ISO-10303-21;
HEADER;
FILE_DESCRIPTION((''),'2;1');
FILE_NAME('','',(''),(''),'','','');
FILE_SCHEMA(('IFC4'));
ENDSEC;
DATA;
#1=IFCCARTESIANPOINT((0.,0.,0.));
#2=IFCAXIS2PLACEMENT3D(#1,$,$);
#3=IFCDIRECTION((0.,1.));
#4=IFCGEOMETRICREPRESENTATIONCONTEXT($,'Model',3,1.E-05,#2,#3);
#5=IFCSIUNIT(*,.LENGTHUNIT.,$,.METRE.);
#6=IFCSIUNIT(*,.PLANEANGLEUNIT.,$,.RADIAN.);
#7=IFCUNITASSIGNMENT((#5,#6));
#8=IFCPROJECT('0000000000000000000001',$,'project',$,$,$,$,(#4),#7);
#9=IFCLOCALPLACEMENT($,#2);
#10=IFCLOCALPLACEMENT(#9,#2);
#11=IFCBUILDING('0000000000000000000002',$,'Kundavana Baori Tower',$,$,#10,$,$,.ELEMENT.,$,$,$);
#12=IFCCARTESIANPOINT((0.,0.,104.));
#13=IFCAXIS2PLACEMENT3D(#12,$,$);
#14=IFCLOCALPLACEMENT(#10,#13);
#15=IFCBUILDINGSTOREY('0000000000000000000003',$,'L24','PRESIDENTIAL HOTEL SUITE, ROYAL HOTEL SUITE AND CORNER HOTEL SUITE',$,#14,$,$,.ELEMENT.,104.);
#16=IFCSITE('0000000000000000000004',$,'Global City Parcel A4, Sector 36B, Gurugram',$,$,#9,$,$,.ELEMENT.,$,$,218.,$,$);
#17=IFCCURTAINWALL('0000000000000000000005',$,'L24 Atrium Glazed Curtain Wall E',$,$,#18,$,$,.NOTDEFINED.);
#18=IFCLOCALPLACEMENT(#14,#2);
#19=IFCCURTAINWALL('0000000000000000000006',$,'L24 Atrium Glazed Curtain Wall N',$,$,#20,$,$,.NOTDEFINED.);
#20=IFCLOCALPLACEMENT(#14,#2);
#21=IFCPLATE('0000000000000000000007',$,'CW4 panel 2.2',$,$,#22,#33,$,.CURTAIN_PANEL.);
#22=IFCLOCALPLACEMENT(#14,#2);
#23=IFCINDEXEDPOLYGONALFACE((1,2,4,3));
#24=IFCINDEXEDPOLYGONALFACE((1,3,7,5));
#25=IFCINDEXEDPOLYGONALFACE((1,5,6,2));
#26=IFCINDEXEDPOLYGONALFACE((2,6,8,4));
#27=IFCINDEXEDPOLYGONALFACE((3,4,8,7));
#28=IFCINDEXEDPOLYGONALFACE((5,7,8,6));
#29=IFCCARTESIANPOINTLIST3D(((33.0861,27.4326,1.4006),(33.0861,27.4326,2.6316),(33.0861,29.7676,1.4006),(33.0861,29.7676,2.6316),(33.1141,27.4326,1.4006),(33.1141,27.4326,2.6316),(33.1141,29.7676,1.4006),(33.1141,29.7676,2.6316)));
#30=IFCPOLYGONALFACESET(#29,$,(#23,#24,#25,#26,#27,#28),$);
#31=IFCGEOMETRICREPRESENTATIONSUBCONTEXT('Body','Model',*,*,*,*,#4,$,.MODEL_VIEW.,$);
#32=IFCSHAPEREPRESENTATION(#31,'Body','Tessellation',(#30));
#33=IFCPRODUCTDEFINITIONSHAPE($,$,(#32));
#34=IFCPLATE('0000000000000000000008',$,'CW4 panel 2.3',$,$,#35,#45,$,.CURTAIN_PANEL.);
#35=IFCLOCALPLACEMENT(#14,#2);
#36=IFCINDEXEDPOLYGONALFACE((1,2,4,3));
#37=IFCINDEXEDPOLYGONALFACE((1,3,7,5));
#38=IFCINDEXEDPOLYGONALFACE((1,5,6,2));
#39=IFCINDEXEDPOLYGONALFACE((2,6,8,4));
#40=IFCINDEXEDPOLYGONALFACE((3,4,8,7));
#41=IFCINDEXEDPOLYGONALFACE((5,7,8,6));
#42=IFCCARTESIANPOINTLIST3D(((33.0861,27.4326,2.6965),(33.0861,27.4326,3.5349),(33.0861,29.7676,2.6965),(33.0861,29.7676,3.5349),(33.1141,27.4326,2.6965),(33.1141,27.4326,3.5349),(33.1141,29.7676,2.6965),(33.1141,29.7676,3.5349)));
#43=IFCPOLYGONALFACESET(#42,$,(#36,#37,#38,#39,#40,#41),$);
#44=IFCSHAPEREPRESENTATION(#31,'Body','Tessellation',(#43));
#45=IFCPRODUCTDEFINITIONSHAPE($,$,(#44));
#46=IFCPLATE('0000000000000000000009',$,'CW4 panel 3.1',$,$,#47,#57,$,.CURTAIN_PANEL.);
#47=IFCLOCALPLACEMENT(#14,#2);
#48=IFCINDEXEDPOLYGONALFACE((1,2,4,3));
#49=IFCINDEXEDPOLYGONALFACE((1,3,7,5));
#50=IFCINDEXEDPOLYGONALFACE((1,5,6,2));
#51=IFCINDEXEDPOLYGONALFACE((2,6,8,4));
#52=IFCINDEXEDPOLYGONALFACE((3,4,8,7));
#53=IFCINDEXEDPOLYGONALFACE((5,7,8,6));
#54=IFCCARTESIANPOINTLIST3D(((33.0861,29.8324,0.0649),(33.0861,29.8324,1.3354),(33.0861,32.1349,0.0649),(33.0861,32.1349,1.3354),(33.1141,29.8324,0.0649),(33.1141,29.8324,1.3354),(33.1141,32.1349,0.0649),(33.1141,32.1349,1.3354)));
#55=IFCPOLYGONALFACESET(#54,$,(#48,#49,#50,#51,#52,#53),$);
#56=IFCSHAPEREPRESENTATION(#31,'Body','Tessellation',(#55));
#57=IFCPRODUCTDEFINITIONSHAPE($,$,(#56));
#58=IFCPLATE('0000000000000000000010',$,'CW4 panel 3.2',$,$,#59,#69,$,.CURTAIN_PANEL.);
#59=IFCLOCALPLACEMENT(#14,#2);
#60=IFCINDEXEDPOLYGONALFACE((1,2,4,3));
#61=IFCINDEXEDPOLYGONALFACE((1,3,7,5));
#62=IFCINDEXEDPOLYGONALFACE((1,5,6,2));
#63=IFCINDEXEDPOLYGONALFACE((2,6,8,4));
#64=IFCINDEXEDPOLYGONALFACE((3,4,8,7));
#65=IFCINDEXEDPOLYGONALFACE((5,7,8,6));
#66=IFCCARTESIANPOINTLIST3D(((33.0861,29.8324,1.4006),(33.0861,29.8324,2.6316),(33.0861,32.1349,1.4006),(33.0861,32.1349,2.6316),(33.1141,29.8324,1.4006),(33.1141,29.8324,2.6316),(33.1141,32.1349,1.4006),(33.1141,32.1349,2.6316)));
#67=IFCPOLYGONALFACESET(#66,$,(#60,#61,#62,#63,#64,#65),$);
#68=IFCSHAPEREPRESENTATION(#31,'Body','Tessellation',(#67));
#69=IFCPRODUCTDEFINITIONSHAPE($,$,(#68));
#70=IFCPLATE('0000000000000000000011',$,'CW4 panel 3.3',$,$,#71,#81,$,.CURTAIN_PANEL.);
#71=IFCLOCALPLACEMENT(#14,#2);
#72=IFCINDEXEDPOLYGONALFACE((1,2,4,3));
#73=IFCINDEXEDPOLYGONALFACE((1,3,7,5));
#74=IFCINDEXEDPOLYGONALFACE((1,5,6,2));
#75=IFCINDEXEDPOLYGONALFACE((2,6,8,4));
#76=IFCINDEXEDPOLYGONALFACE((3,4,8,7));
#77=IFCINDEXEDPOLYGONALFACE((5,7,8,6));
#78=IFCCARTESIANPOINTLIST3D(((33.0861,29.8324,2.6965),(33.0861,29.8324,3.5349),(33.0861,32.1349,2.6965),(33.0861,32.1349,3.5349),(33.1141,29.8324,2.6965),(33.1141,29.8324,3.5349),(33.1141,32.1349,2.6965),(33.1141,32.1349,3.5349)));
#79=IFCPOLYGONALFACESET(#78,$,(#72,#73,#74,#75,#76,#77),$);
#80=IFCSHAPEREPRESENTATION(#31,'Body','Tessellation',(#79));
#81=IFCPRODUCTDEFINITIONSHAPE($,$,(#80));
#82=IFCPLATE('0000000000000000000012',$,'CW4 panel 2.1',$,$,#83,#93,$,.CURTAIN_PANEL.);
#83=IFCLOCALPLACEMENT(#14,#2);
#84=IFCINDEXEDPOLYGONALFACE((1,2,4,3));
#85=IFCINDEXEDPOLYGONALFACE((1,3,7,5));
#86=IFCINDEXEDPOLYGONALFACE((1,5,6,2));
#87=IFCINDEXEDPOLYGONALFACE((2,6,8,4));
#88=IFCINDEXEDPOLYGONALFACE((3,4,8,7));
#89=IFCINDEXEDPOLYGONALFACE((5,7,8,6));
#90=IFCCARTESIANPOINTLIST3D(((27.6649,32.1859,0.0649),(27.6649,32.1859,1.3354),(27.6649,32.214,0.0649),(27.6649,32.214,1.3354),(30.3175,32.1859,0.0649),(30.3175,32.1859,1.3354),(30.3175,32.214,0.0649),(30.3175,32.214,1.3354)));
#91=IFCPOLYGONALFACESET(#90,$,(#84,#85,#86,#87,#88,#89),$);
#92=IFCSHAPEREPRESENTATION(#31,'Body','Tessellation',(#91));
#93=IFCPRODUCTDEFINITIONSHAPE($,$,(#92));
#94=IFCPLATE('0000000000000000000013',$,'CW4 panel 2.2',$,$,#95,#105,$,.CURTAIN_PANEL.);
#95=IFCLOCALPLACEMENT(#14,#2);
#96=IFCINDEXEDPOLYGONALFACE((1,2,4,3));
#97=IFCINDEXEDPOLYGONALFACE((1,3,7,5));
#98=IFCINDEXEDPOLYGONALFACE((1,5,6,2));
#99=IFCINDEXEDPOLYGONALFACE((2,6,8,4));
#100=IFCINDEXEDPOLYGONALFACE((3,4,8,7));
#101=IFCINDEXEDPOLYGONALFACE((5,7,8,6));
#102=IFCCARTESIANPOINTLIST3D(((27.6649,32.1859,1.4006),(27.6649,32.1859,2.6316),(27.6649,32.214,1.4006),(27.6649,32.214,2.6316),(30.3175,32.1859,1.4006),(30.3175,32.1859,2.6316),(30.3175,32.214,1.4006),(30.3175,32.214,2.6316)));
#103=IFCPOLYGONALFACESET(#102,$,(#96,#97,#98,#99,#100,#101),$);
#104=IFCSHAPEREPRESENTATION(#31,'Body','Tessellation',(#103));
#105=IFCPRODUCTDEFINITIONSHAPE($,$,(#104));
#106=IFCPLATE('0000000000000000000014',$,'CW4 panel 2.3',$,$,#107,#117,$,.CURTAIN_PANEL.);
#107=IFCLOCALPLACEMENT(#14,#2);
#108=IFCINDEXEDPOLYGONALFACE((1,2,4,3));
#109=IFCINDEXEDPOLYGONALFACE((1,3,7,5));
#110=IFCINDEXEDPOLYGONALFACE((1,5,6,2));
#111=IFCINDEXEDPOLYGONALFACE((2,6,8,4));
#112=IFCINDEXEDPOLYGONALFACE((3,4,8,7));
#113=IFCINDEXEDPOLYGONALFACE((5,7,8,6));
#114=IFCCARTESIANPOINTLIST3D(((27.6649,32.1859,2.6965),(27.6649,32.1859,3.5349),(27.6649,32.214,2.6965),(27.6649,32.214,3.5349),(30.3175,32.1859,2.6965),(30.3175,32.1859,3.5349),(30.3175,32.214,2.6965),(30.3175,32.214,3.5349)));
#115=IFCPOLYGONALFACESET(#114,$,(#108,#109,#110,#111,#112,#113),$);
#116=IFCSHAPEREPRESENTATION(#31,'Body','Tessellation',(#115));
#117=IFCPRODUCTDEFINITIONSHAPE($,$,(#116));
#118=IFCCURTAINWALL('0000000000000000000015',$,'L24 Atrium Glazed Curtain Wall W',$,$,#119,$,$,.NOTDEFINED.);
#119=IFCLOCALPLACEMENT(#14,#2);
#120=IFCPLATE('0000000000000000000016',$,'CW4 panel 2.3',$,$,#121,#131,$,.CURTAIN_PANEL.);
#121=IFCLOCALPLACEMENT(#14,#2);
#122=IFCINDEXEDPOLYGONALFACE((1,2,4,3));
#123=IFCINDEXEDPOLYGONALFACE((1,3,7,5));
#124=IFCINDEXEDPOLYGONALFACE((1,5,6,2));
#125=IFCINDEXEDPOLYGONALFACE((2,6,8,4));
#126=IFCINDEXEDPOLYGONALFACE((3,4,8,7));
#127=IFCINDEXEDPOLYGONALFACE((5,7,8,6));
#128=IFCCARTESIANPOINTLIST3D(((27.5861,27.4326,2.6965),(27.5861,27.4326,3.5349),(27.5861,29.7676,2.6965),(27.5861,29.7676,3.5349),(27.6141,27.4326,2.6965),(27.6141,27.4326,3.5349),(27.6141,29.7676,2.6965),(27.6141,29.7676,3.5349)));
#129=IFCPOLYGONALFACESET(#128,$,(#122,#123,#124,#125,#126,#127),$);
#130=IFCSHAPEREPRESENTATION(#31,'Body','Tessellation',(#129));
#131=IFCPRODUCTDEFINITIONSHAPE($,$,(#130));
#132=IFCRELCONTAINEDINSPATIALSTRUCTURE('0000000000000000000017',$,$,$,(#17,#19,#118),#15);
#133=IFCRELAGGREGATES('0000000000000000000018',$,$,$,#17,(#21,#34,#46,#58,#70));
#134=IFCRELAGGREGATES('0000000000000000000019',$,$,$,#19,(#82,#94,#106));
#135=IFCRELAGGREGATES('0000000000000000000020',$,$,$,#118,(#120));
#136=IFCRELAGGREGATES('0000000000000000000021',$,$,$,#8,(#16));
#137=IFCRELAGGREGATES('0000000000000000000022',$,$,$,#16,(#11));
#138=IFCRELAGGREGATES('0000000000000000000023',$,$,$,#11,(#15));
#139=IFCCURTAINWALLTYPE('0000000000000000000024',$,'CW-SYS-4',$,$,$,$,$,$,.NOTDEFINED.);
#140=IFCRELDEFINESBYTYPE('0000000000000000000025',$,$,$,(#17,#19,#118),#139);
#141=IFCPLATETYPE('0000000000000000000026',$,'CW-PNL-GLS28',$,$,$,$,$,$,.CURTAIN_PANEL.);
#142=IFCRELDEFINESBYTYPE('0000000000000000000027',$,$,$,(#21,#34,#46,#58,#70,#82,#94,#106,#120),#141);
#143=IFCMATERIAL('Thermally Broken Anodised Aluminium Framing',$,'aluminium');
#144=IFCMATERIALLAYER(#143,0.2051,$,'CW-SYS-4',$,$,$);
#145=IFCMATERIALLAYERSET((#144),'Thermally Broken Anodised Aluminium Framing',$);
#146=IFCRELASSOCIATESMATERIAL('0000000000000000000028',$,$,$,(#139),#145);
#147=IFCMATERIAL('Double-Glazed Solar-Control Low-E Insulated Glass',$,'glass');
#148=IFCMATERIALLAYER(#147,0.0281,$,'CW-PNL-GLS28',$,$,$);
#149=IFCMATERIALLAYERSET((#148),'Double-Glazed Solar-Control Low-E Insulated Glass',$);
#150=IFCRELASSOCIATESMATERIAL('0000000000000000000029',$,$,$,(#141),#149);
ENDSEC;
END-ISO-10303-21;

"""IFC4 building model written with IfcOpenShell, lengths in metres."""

from ifc_helpers import new_model, si_unit, direction, frame, origin, origin_2d, place, context, subcontext, project, spatial, rectangle, extrude, material, layer, layer_set, type_object, element, aggregate, save


model = new_model("IFC4")

# Units and contexts
model_context = context("Model", 3, precision=1e-05, world=origin(), true_north=direction((0.0, 1.0)))
body_context = subcontext(model_context, "Body", "Model", "MODEL_VIEW")
ifc_project = project(units=[si_unit("LENGTHUNIT", "METRE"), si_unit("PLANEANGLEUNIT", "RADIAN")], contexts=[model_context])

# Site, building, storey
site_placement = place(None, origin())
site = spatial("IfcSite", under=ifc_project, at=site_placement, Name="Global City Parcel A4, Sector 36B, Gurugram", CompositionType="ELEMENT", RefElevation=218.0)
building_placement = place(site_placement, origin())
building = spatial("IfcBuilding", under=site, at=building_placement, Name="Kundavana Baori Tower", CompositionType="ELEMENT")
storey_placement = place(building_placement, frame((0.0, 0.0, 104.0)))
storey = spatial("IfcBuildingStorey", under=building, at=storey_placement, Name="L24", Description="PRESIDENTIAL HOTEL SUITE, ROYAL HOTEL SUITE AND CORNER HOTEL SUITE", CompositionType="ELEMENT", Elevation=104.0)

# Curtain wall
ifc_material_1 = material(Name="Thermally Broken Anodised Aluminium Framing", Category="aluminium")
ifc_layer_1 = layer(ifc_material_1, 0.2051, Name="CW-SYS-4")
ifc_layer_set_1 = layer_set([ifc_layer_1], Name="Thermally Broken Anodised Aluminium Framing")
curtain_wall_type = type_object("IfcCurtainWallType", Name="CW-SYS-4", PredefinedType="NOTDEFINED", material=ifc_layer_set_1)
curtain_wall_1_placement = place(storey_placement, origin())
curtain_wall_1 = element("IfcCurtainWall", 1, at=curtain_wall_1_placement, inside=storey, type_object=curtain_wall_type, Name="L24 Atrium Glazed Curtain Wall E", PredefinedType="NOTDEFINED")

# Curtain wall
curtain_wall_2_placement = place(storey_placement, origin())
curtain_wall_2 = element("IfcCurtainWall", 2, at=curtain_wall_2_placement, inside=storey, type_object=curtain_wall_type, Name="L24 Atrium Glazed Curtain Wall N", PredefinedType="NOTDEFINED")

# Plates
ifc_material_2 = material(Name="Double-Glazed Solar-Control Low-E Insulated Glass", Category="glass")
ifc_layer_2 = layer(ifc_material_2, 0.0281, Name="CW-PNL-GLS28")
ifc_layer_set_2 = layer_set([ifc_layer_2], Name="Double-Glazed Solar-Control Low-E Insulated Glass")
plate_type = type_object("IfcPlateType", Name="CW-PNL-GLS28", PredefinedType="CURTAIN_PANEL", material=ifc_layer_set_2)
plate_1_placement = place(storey_placement, frame((33.1001, 28.6001, 1.4006), z_axis=(0.0, 0.0, 1.0), x_axis=(0.0, 1.0, 0.0)))
plate_1 = element("IfcPlate", 3, at=plate_1_placement, type_object=plate_type, Name="CW4 panel 2.2", PredefinedType="CURTAIN_PANEL", context=body_context, shape_type="SweptSolid", body=[
    extrude(rectangle(XDim=2.335, YDim=0.0281, at=origin_2d()), origin(), (0.0, 0.0, 1.0), 1.231),
])
plate_2_placement = place(storey_placement, frame((33.1001, 28.6001, 2.6965), z_axis=(0.0, 0.0, 1.0), x_axis=(0.0, 1.0, 0.0)))
plate_2 = element("IfcPlate", 4, at=plate_2_placement, type_object=plate_type, Name="CW4 panel 2.3", PredefinedType="CURTAIN_PANEL", context=body_context, shape_type="SweptSolid", body=[
    extrude(rectangle(XDim=2.335, YDim=0.0281, at=origin_2d()), origin(), (0.0, 0.0, 1.0), 0.8384),
])
plate_3_placement = place(storey_placement, frame((33.1001, 30.9836, 0.0649), z_axis=(0.0, 0.0, 1.0), x_axis=(0.0, 1.0, 0.0)))
plate_3 = element("IfcPlate", 5, at=plate_3_placement, type_object=plate_type, Name="CW4 panel 3.1", PredefinedType="CURTAIN_PANEL", context=body_context, shape_type="SweptSolid", body=[
    extrude(rectangle(XDim=2.3025, YDim=0.0281, at=origin_2d()), origin(), (0.0, 0.0, 1.0), 1.2705),
])
plate_4_placement = place(storey_placement, frame((33.1001, 30.9836, 1.4006), z_axis=(0.0, 0.0, 1.0), x_axis=(0.0, 1.0, 0.0)))
plate_4 = element("IfcPlate", 6, at=plate_4_placement, type_object=plate_type, Name="CW4 panel 3.2", PredefinedType="CURTAIN_PANEL", context=body_context, shape_type="SweptSolid", body=[
    extrude(rectangle(XDim=2.3025, YDim=0.0281, at=origin_2d()), origin(), (0.0, 0.0, 1.0), 1.231),
])
plate_5_placement = place(storey_placement, frame((33.1001, 30.9836, 2.6965), z_axis=(0.0, 0.0, 1.0), x_axis=(0.0, 1.0, 0.0)))
plate_5 = element("IfcPlate", 7, at=plate_5_placement, type_object=plate_type, Name="CW4 panel 3.3", PredefinedType="CURTAIN_PANEL", context=body_context, shape_type="SweptSolid", body=[
    extrude(rectangle(XDim=2.3025, YDim=0.0281, at=origin_2d()), origin(), (0.0, 0.0, 1.0), 0.8384),
])
aggregate(curtain_wall_1, [plate_1, plate_2, plate_3, plate_4, plate_5])
plate_6_placement = place(storey_placement, frame((28.9912, 32.2, 0.0649), z_axis=(0.0, 0.0, 1.0), x_axis=(-1.0, 0.0, 0.0)))
plate_6 = element("IfcPlate", 8, at=plate_6_placement, type_object=plate_type, Name="CW4 panel 2.1", PredefinedType="CURTAIN_PANEL", context=body_context, shape_type="SweptSolid", body=[
    extrude(rectangle(XDim=2.6526, YDim=0.0281, at=origin_2d()), origin(), (0.0, 0.0, 1.0), 1.2705),
])
plate_7_placement = place(storey_placement, frame((28.9912, 32.2, 1.4006), z_axis=(0.0, 0.0, 1.0), x_axis=(-1.0, 0.0, 0.0)))
plate_7 = element("IfcPlate", 9, at=plate_7_placement, type_object=plate_type, Name="CW4 panel 2.2", PredefinedType="CURTAIN_PANEL", context=body_context, shape_type="SweptSolid", body=[
    extrude(rectangle(XDim=2.6526, YDim=0.0281, at=origin_2d()), origin(), (0.0, 0.0, 1.0), 1.231),
])
plate_8_placement = place(storey_placement, frame((28.9912, 32.2, 2.6965), z_axis=(0.0, 0.0, 1.0), x_axis=(-1.0, 0.0, 0.0)))
plate_8 = element("IfcPlate", 10, at=plate_8_placement, type_object=plate_type, Name="CW4 panel 2.3", PredefinedType="CURTAIN_PANEL", context=body_context, shape_type="SweptSolid", body=[
    extrude(rectangle(XDim=2.6526, YDim=0.0281, at=origin_2d()), origin(), (0.0, 0.0, 1.0), 0.8384),
])
aggregate(curtain_wall_2, [plate_6, plate_7, plate_8])

# Curtain wall, plate
curtain_wall_3_placement = place(storey_placement, origin())
curtain_wall_3 = element("IfcCurtainWall", 11, at=curtain_wall_3_placement, inside=storey, type_object=curtain_wall_type, Name="L24 Atrium Glazed Curtain Wall W", PredefinedType="NOTDEFINED")
plate_9_placement = place(storey_placement, frame((27.6001, 28.6001, 2.6965), z_axis=(0.0, 0.0, 1.0), x_axis=(0.0, -1.0, 0.0)))
plate_9 = element("IfcPlate", 12, at=plate_9_placement, type_object=plate_type, Name="CW4 panel 2.3", PredefinedType="CURTAIN_PANEL", context=body_context, shape_type="SweptSolid", body=[
    extrude(rectangle(XDim=2.335, YDim=0.0281, at=origin_2d()), origin(), (0.0, 0.0, 1.0), 0.8384),
])
aggregate(curtain_wall_3, [plate_9])

save(model, "model.ifc")
